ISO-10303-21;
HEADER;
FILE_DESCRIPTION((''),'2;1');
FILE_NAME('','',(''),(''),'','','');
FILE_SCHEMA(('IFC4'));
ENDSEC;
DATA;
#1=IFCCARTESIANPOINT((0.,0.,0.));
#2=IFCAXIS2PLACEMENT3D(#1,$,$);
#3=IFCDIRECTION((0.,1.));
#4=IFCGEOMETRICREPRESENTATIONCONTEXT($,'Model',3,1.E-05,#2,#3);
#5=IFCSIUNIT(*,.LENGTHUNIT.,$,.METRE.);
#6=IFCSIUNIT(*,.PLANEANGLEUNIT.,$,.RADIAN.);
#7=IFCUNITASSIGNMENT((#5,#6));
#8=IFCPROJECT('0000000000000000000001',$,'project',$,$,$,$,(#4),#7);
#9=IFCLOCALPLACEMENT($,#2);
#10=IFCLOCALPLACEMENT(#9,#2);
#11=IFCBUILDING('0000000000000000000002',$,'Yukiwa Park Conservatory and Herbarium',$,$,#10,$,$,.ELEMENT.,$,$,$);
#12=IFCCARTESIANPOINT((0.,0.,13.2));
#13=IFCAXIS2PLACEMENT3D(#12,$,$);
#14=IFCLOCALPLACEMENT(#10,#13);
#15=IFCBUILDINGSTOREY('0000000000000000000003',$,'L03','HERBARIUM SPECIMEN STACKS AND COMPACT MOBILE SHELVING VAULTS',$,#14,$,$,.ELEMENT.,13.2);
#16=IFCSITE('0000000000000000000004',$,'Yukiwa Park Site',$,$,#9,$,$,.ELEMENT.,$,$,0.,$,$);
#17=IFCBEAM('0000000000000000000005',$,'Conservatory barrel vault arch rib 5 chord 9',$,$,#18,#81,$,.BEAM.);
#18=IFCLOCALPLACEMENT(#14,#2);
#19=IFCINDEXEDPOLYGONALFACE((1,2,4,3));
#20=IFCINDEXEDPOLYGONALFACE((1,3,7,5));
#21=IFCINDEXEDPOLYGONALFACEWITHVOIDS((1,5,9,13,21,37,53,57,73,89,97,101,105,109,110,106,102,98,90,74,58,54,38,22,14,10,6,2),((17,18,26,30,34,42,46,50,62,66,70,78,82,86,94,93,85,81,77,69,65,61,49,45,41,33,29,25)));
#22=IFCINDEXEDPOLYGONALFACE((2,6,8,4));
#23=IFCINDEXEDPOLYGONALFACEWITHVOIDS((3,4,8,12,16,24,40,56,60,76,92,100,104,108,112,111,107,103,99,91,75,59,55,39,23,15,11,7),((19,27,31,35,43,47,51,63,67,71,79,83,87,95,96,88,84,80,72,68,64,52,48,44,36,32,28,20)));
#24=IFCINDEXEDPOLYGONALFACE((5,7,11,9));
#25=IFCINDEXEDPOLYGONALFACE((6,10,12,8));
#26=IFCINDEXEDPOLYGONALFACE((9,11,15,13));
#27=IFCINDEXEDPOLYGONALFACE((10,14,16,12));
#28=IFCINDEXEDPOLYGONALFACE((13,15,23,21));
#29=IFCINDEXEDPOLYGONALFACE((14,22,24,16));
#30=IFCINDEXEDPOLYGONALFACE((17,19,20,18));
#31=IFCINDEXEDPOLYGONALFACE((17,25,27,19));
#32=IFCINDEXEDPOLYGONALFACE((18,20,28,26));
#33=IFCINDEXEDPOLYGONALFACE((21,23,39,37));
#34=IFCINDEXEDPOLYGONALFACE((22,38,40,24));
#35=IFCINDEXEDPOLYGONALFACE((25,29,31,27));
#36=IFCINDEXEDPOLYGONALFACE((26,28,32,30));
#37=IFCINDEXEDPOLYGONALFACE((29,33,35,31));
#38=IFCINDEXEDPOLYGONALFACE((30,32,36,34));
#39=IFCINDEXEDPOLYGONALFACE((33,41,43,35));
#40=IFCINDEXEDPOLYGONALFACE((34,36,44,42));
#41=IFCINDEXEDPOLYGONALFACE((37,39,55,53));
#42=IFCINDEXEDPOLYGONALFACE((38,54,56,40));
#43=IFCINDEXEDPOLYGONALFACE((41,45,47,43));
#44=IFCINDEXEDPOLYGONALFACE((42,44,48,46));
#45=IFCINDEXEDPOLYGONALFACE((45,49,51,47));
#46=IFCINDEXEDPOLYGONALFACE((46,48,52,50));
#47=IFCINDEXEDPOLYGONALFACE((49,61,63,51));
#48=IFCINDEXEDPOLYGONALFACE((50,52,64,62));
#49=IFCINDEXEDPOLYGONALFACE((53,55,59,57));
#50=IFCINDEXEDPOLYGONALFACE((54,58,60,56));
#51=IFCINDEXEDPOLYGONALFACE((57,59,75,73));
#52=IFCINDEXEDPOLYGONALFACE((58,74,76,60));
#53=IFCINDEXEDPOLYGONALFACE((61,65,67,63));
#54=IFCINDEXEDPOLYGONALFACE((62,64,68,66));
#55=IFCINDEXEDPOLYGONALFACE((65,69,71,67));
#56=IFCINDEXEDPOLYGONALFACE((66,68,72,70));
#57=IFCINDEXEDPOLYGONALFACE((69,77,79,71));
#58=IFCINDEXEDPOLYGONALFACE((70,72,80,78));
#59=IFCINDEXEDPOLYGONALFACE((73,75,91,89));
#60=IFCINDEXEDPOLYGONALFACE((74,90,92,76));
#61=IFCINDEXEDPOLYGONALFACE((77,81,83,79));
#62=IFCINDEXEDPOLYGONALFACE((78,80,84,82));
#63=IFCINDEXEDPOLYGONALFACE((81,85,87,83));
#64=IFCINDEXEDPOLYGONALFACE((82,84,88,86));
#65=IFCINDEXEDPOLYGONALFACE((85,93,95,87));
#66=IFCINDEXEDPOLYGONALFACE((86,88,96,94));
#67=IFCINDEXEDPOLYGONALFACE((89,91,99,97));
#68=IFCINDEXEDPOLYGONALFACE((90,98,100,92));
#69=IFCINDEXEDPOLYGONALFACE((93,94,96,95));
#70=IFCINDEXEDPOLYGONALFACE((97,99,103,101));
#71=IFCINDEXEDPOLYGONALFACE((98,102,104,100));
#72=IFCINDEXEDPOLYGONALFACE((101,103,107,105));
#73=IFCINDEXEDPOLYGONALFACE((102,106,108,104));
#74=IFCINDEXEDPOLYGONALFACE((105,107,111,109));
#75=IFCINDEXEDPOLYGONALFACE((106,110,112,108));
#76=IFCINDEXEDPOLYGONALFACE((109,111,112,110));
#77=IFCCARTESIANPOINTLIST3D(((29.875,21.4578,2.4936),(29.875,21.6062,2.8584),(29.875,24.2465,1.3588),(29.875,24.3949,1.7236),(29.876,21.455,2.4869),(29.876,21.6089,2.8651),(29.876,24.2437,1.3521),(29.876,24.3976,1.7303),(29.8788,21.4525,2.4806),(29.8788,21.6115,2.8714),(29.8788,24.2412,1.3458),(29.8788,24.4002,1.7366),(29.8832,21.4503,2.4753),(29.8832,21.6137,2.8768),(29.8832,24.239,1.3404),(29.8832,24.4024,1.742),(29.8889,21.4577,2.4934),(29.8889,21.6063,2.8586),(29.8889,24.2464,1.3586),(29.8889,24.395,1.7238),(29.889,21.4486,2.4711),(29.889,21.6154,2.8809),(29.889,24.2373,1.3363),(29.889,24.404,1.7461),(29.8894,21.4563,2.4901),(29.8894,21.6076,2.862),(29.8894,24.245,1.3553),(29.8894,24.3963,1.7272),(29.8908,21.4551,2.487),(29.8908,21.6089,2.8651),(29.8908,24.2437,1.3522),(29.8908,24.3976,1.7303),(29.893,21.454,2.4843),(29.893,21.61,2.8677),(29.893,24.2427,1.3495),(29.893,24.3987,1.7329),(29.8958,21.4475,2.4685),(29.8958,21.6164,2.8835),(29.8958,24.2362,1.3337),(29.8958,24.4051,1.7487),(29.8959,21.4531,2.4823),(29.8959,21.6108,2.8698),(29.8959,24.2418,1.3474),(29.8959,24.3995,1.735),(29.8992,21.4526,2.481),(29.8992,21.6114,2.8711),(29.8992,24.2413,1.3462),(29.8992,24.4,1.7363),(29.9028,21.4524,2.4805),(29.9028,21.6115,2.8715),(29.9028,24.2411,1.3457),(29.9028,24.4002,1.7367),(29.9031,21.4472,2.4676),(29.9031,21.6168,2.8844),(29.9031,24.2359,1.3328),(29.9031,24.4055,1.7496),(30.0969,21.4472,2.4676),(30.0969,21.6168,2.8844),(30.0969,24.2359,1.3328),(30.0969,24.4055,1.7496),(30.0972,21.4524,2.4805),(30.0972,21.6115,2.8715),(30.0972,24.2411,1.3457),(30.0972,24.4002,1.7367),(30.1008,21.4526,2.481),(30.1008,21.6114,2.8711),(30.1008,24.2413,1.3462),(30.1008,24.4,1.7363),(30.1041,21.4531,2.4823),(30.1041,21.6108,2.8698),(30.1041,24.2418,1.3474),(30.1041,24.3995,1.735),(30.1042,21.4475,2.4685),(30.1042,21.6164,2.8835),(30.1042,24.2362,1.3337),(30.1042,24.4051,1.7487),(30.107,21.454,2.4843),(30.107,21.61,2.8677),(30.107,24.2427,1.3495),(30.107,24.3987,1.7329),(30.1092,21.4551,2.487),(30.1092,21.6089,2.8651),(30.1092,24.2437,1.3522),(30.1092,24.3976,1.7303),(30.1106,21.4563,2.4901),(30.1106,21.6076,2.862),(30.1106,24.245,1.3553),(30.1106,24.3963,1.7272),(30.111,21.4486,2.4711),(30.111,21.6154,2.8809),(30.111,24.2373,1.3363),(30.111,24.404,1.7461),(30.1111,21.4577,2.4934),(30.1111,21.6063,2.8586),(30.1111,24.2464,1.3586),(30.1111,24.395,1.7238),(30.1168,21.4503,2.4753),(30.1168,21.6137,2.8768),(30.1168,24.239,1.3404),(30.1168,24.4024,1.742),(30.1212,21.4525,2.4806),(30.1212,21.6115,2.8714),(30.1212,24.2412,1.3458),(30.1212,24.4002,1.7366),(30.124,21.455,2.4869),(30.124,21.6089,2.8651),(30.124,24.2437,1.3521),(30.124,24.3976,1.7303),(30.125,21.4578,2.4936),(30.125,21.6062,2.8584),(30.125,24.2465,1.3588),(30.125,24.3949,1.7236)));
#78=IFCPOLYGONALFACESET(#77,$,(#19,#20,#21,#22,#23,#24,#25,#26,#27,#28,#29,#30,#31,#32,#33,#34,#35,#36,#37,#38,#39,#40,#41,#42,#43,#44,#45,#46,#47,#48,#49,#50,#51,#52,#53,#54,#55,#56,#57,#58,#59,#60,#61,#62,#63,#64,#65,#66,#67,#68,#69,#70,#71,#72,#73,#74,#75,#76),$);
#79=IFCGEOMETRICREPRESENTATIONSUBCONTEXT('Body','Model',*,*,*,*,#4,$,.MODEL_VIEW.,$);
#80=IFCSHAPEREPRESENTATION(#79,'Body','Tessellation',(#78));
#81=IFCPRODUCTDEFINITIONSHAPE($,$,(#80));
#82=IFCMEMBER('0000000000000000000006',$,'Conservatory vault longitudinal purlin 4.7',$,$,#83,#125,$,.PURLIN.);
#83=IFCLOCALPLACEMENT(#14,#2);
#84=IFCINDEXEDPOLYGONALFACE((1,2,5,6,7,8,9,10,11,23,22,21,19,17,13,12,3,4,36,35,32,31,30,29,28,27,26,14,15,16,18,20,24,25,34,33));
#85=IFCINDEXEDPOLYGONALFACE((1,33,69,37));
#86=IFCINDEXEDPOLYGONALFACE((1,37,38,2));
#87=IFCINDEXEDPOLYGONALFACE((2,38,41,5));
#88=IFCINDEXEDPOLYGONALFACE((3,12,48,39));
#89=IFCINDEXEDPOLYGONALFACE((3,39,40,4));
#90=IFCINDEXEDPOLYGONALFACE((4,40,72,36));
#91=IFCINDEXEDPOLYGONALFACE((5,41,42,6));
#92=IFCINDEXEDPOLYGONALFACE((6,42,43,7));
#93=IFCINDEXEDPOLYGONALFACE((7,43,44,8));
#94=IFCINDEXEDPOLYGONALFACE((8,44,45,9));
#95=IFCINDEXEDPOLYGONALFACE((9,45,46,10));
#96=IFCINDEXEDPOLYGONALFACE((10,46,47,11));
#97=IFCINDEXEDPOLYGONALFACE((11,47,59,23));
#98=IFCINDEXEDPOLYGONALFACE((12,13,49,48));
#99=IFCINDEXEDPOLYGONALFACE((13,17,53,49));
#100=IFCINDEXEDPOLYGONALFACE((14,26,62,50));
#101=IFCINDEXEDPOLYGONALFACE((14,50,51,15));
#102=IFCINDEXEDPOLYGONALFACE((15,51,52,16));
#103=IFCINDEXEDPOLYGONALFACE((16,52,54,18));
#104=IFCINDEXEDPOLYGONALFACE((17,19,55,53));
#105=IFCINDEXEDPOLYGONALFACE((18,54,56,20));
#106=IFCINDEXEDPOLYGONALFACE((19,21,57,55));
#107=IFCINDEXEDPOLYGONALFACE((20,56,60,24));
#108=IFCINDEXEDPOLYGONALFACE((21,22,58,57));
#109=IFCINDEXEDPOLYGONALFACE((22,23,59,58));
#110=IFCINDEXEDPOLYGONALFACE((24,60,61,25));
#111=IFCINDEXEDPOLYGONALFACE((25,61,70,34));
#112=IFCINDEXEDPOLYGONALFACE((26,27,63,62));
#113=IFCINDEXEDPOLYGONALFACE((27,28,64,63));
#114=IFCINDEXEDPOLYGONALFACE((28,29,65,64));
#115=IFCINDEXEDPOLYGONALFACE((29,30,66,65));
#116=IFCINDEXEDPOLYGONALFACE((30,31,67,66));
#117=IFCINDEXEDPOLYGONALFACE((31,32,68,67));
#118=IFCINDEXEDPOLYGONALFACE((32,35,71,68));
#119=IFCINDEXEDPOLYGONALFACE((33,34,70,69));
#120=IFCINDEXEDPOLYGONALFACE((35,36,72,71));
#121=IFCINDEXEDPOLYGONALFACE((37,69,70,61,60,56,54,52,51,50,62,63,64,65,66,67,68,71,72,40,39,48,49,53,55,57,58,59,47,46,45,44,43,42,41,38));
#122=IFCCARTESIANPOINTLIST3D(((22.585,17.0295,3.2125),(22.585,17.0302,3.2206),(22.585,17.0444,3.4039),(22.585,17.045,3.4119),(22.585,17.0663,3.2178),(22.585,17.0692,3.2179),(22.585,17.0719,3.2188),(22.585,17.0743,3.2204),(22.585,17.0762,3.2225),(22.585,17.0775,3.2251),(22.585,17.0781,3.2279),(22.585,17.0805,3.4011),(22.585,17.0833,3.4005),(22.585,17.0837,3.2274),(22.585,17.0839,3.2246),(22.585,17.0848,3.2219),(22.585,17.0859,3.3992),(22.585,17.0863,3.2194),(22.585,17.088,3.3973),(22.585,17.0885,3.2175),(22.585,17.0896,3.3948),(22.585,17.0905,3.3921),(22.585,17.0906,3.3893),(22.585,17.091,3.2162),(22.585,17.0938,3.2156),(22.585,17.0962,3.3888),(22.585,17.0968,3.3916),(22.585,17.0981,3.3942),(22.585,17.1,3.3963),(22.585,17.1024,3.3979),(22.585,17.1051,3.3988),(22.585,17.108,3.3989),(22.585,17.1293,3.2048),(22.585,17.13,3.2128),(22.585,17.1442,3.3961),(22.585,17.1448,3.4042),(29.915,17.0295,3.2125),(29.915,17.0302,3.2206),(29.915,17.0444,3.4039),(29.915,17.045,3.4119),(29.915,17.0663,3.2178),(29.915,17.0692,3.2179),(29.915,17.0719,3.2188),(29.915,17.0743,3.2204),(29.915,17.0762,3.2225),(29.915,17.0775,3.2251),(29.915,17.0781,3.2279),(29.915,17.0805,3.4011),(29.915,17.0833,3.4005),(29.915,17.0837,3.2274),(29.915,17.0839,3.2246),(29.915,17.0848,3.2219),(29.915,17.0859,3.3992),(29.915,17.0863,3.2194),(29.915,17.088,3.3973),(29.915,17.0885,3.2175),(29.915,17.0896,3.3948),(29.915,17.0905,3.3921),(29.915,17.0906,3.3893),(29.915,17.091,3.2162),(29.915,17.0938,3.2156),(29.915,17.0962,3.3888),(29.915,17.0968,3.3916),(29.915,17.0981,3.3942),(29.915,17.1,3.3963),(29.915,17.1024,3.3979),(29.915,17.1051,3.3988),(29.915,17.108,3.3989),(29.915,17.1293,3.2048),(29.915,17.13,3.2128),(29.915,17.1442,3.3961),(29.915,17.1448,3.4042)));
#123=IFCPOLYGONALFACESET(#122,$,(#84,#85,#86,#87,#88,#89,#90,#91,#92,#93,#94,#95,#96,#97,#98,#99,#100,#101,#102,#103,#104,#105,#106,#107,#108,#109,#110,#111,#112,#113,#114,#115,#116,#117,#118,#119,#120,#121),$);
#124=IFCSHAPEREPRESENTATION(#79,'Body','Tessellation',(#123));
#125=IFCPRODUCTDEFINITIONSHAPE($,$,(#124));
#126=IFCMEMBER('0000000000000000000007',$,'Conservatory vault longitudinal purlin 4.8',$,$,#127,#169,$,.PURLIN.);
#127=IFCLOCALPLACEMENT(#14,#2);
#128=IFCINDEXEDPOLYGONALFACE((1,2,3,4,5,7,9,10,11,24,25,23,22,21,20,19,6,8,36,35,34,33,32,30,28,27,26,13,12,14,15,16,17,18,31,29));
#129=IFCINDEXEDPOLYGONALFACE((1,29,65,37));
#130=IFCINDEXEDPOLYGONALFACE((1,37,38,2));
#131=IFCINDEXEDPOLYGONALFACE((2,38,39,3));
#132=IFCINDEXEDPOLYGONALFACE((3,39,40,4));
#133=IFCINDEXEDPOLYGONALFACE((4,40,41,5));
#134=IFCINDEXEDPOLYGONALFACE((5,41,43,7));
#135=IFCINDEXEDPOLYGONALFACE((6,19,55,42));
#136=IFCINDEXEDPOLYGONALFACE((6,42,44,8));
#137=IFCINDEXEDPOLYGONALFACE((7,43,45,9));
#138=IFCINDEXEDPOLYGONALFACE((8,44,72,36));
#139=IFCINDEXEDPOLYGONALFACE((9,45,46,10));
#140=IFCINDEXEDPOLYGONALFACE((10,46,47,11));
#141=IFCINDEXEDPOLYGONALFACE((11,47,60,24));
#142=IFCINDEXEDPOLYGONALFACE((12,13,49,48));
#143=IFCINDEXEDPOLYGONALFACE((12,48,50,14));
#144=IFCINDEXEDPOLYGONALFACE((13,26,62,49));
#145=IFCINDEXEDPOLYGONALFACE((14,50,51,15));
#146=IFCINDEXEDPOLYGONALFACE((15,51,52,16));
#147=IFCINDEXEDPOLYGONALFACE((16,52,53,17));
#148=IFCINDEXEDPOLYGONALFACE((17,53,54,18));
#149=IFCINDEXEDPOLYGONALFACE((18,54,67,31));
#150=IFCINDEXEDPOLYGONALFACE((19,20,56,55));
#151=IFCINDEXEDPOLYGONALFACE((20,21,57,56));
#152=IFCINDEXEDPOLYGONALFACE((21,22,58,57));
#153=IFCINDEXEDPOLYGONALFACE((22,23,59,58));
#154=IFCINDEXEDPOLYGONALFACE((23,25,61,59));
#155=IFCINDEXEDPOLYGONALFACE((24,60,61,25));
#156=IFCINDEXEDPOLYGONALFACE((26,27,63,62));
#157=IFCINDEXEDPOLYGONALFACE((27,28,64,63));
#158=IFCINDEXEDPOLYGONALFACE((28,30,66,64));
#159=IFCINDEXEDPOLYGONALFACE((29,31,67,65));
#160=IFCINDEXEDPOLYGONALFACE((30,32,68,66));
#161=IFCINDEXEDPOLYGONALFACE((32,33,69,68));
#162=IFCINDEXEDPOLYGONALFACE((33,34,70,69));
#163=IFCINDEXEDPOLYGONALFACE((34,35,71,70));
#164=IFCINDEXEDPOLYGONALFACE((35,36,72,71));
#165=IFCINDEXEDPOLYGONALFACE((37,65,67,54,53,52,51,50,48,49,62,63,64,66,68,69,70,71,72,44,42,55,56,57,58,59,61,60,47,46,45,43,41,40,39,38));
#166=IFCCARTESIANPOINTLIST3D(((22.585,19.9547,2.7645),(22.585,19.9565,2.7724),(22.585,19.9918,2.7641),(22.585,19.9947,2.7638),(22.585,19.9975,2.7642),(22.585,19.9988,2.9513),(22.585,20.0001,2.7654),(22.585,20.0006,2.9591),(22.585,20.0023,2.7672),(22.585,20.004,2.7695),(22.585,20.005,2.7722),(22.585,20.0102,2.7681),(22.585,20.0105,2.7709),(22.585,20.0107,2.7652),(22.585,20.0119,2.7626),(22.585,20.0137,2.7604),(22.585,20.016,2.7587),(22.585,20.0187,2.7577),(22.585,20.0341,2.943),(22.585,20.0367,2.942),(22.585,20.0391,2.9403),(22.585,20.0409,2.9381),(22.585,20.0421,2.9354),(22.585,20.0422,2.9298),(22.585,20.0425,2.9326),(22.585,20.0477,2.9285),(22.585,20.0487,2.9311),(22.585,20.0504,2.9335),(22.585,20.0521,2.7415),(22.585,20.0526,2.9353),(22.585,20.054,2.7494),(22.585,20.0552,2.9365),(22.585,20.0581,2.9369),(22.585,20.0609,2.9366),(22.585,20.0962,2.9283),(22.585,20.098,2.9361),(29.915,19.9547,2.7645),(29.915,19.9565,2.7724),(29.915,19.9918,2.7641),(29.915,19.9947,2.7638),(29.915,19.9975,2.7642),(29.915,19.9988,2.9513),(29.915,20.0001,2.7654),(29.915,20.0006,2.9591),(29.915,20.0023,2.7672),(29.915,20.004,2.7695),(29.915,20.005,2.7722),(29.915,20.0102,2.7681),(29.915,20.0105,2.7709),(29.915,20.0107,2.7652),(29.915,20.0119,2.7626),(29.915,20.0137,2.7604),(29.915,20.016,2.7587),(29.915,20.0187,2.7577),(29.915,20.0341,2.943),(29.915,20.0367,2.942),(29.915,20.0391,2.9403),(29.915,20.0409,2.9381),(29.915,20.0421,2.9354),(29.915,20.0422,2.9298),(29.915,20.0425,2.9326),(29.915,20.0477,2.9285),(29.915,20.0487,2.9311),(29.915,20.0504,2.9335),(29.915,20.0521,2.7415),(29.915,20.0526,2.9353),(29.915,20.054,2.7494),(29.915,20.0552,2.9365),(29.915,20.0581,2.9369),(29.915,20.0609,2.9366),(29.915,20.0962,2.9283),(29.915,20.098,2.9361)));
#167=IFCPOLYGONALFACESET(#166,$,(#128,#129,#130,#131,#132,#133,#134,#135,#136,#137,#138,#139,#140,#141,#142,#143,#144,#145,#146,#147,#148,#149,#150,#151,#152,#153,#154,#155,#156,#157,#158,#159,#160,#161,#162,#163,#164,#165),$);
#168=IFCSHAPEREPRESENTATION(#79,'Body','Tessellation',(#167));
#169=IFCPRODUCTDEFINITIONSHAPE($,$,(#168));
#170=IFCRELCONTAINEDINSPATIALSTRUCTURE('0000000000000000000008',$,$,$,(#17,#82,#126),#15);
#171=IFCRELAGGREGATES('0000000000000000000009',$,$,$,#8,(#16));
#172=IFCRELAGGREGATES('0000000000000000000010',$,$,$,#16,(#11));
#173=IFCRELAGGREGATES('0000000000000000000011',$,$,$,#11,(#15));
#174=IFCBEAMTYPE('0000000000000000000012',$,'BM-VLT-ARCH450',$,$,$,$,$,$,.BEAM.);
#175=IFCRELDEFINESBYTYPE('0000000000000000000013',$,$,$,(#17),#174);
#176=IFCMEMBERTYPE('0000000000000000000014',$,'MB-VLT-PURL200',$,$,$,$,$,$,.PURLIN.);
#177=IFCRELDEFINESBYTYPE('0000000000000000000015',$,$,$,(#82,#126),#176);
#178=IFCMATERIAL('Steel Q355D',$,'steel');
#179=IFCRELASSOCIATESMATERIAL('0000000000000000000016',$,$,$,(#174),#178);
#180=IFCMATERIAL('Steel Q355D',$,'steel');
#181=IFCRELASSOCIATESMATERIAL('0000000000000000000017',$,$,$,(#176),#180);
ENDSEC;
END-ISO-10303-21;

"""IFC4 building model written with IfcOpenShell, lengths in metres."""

from ifc_helpers import new_model, si_unit, direction, frame, origin, origin_2d, place, context, subcontext, project, spatial, hollow_rectangle, i_section, extrude, material, material_profile, profile_set, type_object, element, save


model = new_model("IFC4")

# Units and contexts
model_context = context("Model", 3, precision=1e-05, world=origin(), true_north=direction((0.0, 1.0)))
body_context = subcontext(model_context, "Body", "Model", "MODEL_VIEW")
ifc_project = project(units=[si_unit("LENGTHUNIT", "METRE"), si_unit("PLANEANGLEUNIT", "RADIAN")], contexts=[model_context])

# Site, building, storey
site_placement = place(None, origin())
site = spatial("IfcSite", under=ifc_project, at=site_placement, Name="Yukiwa Park Site", CompositionType="ELEMENT", RefElevation=0.0)
building_placement = place(site_placement, origin())
building = spatial("IfcBuilding", under=site, at=building_placement, Name="Yukiwa Park Conservatory and Herbarium", CompositionType="ELEMENT")
storey_placement = place(building_placement, frame((0.0, 0.0, 13.2)))
storey = spatial("IfcBuildingStorey", under=building, at=storey_placement, Name="L03", Description="HERBARIUM SPECIMEN STACKS AND COMPACT MOBILE SHELVING VAULTS", CompositionType="ELEMENT", Elevation=13.2)

# Beam
ifc_material_1 = material(Name="Steel Q355D", Category="steel")
ifc_material_profile_1 = material_profile(ifc_material_1, hollow_rectangle(XDim=0.25, YDim=0.45, WallThickness=0.0139, InnerFilletRadius=0.0139, OuterFilletRadius=0.0281, at=origin_2d()), Name="RHS 450x250x14")
ifc_profile_set_1 = profile_set([ifc_material_profile_1], Name="Steel Q355D")
beam_type = type_object("IfcBeamType", Name="BM-VLT-ARCH450", PredefinedType="BEAM", material=ifc_profile_set_1)
for number, where, z_axis, x_axis, name in (
    (1, (30.0, 21.532, 2.676), (0.0, 0.926246, -0.376921), (-1.0, 0.0, 0.0), "Conservatory barrel vault arch rib 5 chord 9"),
):
    element("IfcBeam", number, at=place(storey_placement, frame(where, z_axis=z_axis, x_axis=x_axis)), inside=storey, type_object=beam_type, Name=name, PredefinedType="BEAM", context=body_context, shape_type="SweptSolid", body=[
        extrude(hollow_rectangle(XDim=0.25, YDim=0.45, WallThickness=0.0139, InnerFilletRadius=0.0139, OuterFilletRadius=0.0281, at=origin_2d()), origin(), (0.0, 0.0, 1.0), 3.0107),
    ])

# Members
ifc_material_2 = material(Name="Steel Q355D", Category="steel")
ifc_material_profile_2 = material_profile(ifc_material_2, i_section(OverallWidth=0.1001, OverallDepth=0.2, WebThickness=0.0056, FlangeThickness=0.0081, FilletRadius=0.011, at=origin_2d()), Name="HN 200x100x5.5x8")
ifc_profile_set_2 = profile_set([ifc_material_profile_2], Name="Steel Q355D")
member_type = type_object("IfcMemberType", Name="MB-VLT-PURL200", PredefinedType="PURLIN", material=ifc_profile_set_2)
for number, where, z_axis, x_axis, name in (
    (2, (22.585, 17.0872, 3.3083), (1.0, 0.0, 0.0), (0.0, 0.997016, -0.077198), "Conservatory vault longitudinal purlin 4.7"),
    (3, (22.585, 20.0264, 2.8503), (1.0, 0.0, 0.0), (0.0, 0.973249, -0.229752), "Conservatory vault longitudinal purlin 4.8"),
):
    element("IfcMember", number, at=place(storey_placement, frame(where, z_axis=z_axis, x_axis=x_axis)), inside=storey, type_object=member_type, Name=name, PredefinedType="PURLIN", context=body_context, shape_type="SweptSolid", body=[
        extrude(i_section(OverallWidth=0.1001, OverallDepth=0.2, WebThickness=0.0056, FlangeThickness=0.0081, FilletRadius=0.011, at=origin_2d()), origin(), (0.0, 0.0, 1.0), 7.3301),
    ])

save(model, "model.ifc")
